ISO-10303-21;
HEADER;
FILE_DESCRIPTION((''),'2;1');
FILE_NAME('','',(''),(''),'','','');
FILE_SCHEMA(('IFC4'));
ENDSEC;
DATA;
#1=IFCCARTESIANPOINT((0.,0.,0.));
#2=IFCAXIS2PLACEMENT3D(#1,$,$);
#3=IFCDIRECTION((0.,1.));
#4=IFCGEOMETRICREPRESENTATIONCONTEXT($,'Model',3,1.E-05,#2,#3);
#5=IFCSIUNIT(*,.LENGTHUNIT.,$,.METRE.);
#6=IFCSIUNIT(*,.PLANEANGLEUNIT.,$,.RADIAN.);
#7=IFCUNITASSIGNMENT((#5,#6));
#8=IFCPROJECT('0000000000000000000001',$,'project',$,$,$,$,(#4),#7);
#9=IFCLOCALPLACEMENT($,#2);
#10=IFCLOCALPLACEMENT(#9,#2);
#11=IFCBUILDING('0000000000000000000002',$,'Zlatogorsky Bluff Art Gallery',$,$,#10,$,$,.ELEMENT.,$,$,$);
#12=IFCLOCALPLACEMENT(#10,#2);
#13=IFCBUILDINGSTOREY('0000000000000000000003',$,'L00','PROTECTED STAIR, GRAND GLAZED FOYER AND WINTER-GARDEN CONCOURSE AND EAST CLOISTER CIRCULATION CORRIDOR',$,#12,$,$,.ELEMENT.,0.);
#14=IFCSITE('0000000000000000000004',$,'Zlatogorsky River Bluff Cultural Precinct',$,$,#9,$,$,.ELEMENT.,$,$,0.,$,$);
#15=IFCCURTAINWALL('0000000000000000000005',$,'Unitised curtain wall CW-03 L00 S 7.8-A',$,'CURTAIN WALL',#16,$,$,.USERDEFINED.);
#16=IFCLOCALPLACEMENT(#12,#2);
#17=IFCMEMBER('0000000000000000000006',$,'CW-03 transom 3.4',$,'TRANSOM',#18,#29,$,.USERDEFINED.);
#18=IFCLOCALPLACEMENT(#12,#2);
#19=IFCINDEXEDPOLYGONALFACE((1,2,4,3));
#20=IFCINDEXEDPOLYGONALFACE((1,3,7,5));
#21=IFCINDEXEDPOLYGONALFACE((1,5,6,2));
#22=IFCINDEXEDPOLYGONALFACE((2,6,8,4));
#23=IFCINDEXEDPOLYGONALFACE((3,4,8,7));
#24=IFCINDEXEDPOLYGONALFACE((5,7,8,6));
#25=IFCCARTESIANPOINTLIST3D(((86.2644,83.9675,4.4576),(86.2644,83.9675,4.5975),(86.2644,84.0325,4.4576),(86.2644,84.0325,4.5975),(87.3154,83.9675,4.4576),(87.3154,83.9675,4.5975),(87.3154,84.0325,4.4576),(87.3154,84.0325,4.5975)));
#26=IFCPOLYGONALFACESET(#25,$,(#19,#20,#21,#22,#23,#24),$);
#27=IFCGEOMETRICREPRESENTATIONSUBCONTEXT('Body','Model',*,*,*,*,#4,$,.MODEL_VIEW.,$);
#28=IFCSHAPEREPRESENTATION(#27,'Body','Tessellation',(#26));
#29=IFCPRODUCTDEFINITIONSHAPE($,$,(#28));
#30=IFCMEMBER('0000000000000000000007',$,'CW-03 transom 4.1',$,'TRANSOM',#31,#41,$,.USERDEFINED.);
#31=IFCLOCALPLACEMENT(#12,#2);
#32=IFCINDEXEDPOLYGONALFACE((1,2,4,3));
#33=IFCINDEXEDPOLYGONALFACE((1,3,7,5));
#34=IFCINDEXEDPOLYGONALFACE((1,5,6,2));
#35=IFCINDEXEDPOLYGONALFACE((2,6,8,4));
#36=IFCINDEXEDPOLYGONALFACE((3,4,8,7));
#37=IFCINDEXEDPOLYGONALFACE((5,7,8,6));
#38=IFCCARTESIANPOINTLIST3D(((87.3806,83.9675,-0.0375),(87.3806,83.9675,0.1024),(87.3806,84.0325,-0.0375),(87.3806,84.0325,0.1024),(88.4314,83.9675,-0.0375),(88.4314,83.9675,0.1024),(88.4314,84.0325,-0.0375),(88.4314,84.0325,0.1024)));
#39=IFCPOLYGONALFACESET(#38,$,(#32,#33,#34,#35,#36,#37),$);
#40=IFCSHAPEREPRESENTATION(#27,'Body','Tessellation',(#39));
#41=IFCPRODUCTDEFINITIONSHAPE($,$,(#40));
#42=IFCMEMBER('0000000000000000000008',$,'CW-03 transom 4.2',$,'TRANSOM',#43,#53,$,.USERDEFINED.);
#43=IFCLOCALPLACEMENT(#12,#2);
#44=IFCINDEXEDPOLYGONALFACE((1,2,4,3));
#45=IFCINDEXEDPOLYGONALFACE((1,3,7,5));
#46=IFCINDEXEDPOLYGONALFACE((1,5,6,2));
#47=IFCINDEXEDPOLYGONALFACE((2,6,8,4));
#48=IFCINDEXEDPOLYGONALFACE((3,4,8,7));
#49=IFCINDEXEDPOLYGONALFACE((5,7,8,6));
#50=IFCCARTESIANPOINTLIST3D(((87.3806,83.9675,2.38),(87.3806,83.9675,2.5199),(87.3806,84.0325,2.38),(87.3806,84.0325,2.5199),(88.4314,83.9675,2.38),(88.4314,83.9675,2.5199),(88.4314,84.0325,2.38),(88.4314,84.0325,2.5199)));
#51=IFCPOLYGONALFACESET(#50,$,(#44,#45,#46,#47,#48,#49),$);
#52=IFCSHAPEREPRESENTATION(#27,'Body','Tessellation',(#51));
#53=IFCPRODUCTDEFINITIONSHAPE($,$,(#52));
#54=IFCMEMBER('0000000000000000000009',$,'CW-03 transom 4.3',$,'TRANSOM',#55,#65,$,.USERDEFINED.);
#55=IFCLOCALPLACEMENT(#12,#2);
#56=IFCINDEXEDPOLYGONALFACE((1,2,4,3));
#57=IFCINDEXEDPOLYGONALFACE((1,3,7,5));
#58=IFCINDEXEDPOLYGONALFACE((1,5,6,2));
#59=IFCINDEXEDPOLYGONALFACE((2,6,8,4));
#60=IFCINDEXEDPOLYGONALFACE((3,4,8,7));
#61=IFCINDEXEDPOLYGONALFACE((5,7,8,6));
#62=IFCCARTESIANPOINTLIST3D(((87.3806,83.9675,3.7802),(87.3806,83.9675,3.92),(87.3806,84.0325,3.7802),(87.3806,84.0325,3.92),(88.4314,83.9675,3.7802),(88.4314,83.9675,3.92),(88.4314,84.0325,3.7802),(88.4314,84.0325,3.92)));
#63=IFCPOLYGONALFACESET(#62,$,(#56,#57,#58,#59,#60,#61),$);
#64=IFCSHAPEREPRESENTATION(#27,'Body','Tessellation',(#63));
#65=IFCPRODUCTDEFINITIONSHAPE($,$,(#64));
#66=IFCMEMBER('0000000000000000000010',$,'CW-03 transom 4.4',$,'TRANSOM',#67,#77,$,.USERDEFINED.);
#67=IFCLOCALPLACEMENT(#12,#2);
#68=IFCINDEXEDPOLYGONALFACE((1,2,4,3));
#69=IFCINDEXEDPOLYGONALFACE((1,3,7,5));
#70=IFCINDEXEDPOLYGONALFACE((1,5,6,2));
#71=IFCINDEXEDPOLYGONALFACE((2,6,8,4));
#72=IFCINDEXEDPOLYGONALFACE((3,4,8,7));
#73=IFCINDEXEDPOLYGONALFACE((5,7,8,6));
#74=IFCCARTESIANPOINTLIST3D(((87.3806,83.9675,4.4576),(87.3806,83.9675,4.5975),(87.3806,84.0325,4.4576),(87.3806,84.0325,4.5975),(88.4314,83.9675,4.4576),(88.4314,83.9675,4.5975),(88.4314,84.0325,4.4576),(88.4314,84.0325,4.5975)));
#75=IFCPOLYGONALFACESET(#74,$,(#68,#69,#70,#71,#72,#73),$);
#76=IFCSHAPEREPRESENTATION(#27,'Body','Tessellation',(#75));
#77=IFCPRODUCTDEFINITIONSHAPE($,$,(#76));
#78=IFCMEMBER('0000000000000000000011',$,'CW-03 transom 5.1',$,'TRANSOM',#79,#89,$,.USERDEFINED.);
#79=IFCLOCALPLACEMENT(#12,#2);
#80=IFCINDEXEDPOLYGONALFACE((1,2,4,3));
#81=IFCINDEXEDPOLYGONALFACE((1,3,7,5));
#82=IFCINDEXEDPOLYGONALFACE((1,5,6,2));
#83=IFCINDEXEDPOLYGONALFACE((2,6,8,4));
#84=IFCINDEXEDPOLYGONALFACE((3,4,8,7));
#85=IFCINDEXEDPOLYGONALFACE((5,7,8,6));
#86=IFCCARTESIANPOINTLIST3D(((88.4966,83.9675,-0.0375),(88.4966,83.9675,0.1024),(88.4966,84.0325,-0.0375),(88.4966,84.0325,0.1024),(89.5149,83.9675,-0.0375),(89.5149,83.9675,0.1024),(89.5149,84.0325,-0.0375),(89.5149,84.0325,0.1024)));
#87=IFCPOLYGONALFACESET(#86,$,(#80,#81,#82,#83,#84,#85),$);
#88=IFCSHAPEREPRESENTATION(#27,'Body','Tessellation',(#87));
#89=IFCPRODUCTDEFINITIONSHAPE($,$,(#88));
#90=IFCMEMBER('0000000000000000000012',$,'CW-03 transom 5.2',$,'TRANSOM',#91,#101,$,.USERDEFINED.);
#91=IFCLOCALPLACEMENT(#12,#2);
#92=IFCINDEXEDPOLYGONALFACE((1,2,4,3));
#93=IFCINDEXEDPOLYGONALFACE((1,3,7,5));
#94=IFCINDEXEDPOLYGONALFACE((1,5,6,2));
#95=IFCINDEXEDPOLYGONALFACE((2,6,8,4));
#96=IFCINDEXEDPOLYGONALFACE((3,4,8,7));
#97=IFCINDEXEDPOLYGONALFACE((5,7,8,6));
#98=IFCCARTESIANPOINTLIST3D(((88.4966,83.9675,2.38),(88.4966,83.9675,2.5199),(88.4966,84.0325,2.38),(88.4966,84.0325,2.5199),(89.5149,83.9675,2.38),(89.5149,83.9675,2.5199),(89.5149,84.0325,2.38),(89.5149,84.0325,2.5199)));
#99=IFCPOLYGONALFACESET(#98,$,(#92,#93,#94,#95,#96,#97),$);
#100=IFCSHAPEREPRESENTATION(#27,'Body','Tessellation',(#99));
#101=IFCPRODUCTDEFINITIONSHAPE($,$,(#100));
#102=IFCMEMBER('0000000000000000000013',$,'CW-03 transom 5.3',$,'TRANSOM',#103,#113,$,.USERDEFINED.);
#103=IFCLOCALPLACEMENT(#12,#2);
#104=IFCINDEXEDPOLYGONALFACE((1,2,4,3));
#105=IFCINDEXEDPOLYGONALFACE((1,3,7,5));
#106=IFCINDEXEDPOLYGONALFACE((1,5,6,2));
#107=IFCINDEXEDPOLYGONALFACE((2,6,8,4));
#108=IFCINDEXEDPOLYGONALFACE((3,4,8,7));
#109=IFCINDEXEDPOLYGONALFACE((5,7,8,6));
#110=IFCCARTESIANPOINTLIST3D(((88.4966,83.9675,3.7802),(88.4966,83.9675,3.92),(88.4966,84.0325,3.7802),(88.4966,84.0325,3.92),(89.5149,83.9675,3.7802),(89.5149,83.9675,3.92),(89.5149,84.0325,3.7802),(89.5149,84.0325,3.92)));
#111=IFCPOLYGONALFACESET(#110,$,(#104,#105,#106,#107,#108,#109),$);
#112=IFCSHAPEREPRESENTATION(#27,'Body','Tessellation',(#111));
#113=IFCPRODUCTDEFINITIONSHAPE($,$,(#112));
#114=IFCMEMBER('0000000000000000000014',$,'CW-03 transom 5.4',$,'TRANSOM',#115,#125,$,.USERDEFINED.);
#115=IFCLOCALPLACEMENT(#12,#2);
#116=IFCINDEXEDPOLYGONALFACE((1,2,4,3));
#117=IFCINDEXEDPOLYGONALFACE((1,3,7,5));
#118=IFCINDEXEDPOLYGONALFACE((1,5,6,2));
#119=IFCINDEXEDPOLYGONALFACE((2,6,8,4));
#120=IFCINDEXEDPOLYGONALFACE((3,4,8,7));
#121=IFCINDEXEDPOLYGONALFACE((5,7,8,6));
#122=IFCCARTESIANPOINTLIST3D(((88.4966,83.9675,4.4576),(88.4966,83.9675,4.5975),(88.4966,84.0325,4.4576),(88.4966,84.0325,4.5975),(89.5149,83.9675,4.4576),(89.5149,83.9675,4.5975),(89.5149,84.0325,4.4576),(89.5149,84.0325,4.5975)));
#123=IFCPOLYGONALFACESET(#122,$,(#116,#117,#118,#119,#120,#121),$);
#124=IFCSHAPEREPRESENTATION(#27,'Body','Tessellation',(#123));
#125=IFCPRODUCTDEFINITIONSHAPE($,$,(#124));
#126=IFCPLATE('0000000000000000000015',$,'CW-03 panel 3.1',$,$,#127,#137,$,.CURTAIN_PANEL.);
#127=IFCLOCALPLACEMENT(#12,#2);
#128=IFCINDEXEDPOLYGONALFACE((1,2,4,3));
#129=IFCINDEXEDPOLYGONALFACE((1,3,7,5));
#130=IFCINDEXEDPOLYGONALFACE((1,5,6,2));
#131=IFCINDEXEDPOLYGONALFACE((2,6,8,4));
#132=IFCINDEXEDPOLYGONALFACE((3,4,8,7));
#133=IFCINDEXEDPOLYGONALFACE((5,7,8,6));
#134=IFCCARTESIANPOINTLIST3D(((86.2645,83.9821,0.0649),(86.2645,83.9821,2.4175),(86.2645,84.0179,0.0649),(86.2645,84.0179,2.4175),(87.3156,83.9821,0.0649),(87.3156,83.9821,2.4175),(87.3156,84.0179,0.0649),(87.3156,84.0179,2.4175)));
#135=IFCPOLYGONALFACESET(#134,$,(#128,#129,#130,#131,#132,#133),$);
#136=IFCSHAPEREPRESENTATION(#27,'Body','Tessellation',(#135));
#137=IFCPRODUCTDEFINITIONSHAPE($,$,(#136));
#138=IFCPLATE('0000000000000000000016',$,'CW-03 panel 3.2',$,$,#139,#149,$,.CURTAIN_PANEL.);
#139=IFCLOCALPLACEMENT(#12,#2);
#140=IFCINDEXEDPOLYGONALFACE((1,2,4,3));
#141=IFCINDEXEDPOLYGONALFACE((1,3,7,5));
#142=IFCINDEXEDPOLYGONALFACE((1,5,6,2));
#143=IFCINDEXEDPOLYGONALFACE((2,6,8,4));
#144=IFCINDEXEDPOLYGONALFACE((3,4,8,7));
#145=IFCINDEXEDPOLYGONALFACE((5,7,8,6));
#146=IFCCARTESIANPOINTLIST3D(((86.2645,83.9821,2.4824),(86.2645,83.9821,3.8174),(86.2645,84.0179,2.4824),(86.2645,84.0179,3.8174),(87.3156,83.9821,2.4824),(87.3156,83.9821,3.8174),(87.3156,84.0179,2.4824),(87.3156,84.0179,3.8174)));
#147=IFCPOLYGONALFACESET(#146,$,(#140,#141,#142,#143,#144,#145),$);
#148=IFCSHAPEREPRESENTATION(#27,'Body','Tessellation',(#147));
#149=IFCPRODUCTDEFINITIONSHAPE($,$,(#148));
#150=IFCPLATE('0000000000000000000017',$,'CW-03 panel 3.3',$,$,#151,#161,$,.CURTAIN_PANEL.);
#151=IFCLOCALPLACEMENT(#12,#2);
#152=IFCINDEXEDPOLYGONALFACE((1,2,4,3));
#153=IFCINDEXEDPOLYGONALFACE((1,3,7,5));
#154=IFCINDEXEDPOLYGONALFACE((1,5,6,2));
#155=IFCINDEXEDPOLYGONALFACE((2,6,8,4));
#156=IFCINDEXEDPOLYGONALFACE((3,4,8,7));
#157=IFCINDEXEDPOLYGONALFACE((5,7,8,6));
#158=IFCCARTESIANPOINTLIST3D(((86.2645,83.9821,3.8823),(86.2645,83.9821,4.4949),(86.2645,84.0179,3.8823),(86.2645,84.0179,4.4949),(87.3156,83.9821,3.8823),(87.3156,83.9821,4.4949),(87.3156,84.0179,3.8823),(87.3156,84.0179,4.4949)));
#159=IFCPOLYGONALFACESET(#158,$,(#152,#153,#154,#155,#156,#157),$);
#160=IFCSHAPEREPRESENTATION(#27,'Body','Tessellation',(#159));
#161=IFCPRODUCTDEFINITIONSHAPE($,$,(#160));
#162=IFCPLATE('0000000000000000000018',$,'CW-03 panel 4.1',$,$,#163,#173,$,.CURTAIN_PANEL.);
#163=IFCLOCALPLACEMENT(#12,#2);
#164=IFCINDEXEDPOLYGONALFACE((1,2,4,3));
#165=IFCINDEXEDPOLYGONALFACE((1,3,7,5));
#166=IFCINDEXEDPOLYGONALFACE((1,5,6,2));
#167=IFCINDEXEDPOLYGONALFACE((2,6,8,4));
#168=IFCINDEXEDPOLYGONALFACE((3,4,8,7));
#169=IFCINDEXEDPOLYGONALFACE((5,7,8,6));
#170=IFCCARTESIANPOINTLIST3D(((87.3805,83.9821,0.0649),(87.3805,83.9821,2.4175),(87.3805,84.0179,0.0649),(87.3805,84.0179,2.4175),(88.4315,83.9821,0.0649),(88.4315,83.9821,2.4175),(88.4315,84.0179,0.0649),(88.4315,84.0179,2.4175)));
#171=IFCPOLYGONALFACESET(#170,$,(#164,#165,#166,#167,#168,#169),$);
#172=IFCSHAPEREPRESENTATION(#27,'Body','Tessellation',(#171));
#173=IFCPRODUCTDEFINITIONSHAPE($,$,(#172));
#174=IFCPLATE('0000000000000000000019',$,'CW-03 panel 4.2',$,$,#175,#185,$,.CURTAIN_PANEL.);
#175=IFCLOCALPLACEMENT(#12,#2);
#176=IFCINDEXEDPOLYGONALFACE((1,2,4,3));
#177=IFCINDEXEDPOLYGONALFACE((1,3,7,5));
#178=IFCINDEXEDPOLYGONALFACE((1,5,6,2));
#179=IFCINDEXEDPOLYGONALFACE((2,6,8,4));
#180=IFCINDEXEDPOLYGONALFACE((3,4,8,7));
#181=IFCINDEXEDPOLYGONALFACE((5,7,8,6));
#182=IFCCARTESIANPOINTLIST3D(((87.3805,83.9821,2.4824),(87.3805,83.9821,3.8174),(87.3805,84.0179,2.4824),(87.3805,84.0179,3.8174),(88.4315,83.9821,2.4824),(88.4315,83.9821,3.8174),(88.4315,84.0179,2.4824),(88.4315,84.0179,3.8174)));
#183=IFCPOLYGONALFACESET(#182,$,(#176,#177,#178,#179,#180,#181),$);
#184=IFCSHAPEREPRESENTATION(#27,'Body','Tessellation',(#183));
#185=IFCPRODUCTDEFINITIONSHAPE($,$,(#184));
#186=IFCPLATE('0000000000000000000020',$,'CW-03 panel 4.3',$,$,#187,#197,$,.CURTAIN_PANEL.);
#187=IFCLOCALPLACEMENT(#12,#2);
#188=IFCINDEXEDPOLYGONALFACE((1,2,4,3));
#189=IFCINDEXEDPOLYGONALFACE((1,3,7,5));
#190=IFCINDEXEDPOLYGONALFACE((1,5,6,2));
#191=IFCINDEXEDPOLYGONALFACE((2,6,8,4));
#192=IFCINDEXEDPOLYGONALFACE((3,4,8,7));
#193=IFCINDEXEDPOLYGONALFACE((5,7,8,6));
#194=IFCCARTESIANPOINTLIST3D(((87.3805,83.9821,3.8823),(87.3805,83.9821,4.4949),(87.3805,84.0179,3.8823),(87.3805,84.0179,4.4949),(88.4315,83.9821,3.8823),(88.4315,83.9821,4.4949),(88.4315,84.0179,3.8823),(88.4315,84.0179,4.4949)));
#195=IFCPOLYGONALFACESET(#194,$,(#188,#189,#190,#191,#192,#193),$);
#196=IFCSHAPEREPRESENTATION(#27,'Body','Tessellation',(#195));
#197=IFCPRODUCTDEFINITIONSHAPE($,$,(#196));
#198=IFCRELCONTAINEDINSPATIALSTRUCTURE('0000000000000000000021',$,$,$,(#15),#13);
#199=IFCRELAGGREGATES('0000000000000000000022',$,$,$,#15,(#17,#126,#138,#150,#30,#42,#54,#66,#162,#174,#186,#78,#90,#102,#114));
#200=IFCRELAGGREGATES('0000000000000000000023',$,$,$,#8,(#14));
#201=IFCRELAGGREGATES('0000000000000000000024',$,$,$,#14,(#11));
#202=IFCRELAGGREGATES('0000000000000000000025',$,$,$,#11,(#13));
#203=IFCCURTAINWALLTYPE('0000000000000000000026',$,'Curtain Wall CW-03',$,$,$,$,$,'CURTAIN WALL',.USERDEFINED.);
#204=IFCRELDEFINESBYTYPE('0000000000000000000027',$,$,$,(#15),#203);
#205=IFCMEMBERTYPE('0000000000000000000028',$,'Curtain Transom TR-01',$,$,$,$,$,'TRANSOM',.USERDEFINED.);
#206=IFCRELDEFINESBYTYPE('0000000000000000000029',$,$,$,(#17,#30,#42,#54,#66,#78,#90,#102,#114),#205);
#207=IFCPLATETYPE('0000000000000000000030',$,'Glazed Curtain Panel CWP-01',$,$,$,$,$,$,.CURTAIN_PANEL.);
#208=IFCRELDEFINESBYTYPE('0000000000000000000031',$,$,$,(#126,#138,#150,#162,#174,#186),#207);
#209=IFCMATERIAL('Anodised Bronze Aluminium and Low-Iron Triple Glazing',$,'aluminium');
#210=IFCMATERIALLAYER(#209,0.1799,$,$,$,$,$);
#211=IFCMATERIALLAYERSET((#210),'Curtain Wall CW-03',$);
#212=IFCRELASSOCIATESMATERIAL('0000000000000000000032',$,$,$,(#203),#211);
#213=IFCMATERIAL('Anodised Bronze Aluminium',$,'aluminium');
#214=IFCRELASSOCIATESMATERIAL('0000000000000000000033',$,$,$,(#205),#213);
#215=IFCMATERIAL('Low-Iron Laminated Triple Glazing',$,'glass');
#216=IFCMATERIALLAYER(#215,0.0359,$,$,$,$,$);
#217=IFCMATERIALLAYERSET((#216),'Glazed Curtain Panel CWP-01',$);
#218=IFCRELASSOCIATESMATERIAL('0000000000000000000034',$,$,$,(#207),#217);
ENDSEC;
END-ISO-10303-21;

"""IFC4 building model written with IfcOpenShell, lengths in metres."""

from ifc_helpers import new_model, si_unit, direction, frame, origin, origin_2d, place, context, subcontext, project, spatial, rectangle, extrude, material, layer, layer_set, material_profile, profile_set, type_object, element, aggregate, save


model = new_model("IFC4")

# Units and contexts
model_context = context("Model", 3, precision=1e-05, world=origin(), true_north=direction((0.0, 1.0)))
body_context = subcontext(model_context, "Body", "Model", "MODEL_VIEW")
ifc_project = project(units=[si_unit("LENGTHUNIT", "METRE"), si_unit("PLANEANGLEUNIT", "RADIAN")], contexts=[model_context])

# Site, building, storey
site_placement = place(None, origin())
site = spatial("IfcSite", under=ifc_project, at=site_placement, Name="Zlatogorsky River Bluff Cultural Precinct", CompositionType="ELEMENT", RefElevation=0.0)
building_placement = place(site_placement, origin())
building = spatial("IfcBuilding", under=site, at=building_placement, Name="Zlatogorsky Bluff Art Gallery", CompositionType="ELEMENT")
storey_placement = place(building_placement, origin())
storey = spatial("IfcBuildingStorey", under=building, at=storey_placement, Name="L00", Description="PROTECTED STAIR, GRAND GLAZED FOYER AND WINTER-GARDEN CONCOURSE AND EAST CLOISTER CIRCULATION CORRIDOR", CompositionType="ELEMENT", Elevation=0.0)

# Curtain wall, members, plates
ifc_material_1 = material(Name="Anodised Bronze Aluminium and Low-Iron Triple Glazing", Category="aluminium")
ifc_layer_1 = layer(ifc_material_1, 0.1799)
ifc_layer_set_1 = layer_set([ifc_layer_1], Name="Curtain Wall CW-03")
curtain_wall_type = type_object("IfcCurtainWallType", Name="Curtain Wall CW-03", ElementType="CURTAIN WALL", PredefinedType="USERDEFINED", material=ifc_layer_set_1)
curtain_wall_placement = place(storey_placement, origin())
curtain_wall = element("IfcCurtainWall", 1, at=curtain_wall_placement, inside=storey, type_object=curtain_wall_type, Name="Unitised curtain wall CW-03 L00 S 7.8-A", ObjectType="CURTAIN WALL", PredefinedType="USERDEFINED")
ifc_material_2 = material(Name="Anodised Bronze Aluminium", Category="aluminium")
ifc_material_profile_1 = material_profile(ifc_material_2, rectangle(XDim=0.0649, YDim=0.1399, at=origin_2d()), Name="ALU TRANSOM 65x140")
ifc_profile_set_1 = profile_set([ifc_material_profile_1], Name="Anodised Bronze Aluminium")
member_type_1 = type_object("IfcMemberType", Name="Curtain Transom TR-01", ElementType="TRANSOM", PredefinedType="USERDEFINED", material=ifc_profile_set_1)
member_1_placement = place(storey_placement, frame((86.2644, 84.0, 4.5276), z_axis=(1.0, 0.0, 0.0), x_axis=(0.0, 1.0, 0.0)))
member_1 = element("IfcMember", 2, at=member_1_placement, type_object=member_type_1, Name="CW-03 transom 3.4", ObjectType="TRANSOM", PredefinedType="USERDEFINED", context=body_context, shape_type="SweptSolid", body=[
    extrude(rectangle(XDim=0.0649, YDim=0.1399, at=origin_2d()), origin(), (0.0, 0.0, 1.0), 1.051),
])
member_2_placement = place(storey_placement, frame((87.3806, 84.0, 0.0325), z_axis=(1.0, 0.0, 0.0), x_axis=(0.0, 1.0, 0.0)))
member_2 = element("IfcMember", 3, at=member_2_placement, type_object=member_type_1, Name="CW-03 transom 4.1", ObjectType="TRANSOM", PredefinedType="USERDEFINED", context=body_context, shape_type="SweptSolid", body=[
    extrude(rectangle(XDim=0.0649, YDim=0.1399, at=origin_2d()), origin(), (0.0, 0.0, 1.0), 1.0508),
])
member_3_placement = place(storey_placement, frame((87.3806, 84.0, 2.45), z_axis=(1.0, 0.0, 0.0), x_axis=(0.0, 1.0, 0.0)))
member_3 = element("IfcMember", 4, at=member_3_placement, type_object=member_type_1, Name="CW-03 transom 4.2", ObjectType="TRANSOM", PredefinedType="USERDEFINED", context=body_context, shape_type="SweptSolid", body=[
    extrude(rectangle(XDim=0.0649, YDim=0.1399, at=origin_2d()), origin(), (0.0, 0.0, 1.0), 1.0508),
])
member_4_placement = place(storey_placement, frame((87.3806, 84.0, 3.8501), z_axis=(1.0, 0.0, 0.0), x_axis=(0.0, 1.0, 0.0)))
member_4 = element("IfcMember", 5, at=member_4_placement, type_object=member_type_1, Name="CW-03 transom 4.3", ObjectType="TRANSOM", PredefinedType="USERDEFINED", context=body_context, shape_type="SweptSolid", body=[
    extrude(rectangle(XDim=0.0649, YDim=0.1399, at=origin_2d()), origin(), (0.0, 0.0, 1.0), 1.0508),
])
member_5_placement = place(storey_placement, frame((87.3806, 84.0, 4.5276), z_axis=(1.0, 0.0, 0.0), x_axis=(0.0, 1.0, 0.0)))
member_5 = element("IfcMember", 6, at=member_5_placement, type_object=member_type_1, Name="CW-03 transom 4.4", ObjectType="TRANSOM", PredefinedType="USERDEFINED", context=body_context, shape_type="SweptSolid", body=[
    extrude(rectangle(XDim=0.0649, YDim=0.1399, at=origin_2d()), origin(), (0.0, 0.0, 1.0), 1.0508),
])
member_6_placement = place(storey_placement, frame((88.4966, 84.0, 0.0325), z_axis=(1.0, 0.0, 0.0), x_axis=(0.0, 1.0, 0.0)))
member_6 = element("IfcMember", 7, at=member_6_placement, type_object=member_type_1, Name="CW-03 transom 5.1", ObjectType="TRANSOM", PredefinedType="USERDEFINED", context=body_context, shape_type="SweptSolid", body=[
    extrude(rectangle(XDim=0.0649, YDim=0.1399, at=origin_2d()), origin(), (0.0, 0.0, 1.0), 1.0183),
])
member_7_placement = place(storey_placement, frame((88.4966, 84.0, 2.45), z_axis=(1.0, 0.0, 0.0), x_axis=(0.0, 1.0, 0.0)))
member_7 = element("IfcMember", 8, at=member_7_placement, type_object=member_type_1, Name="CW-03 transom 5.2", ObjectType="TRANSOM", PredefinedType="USERDEFINED", context=body_context, shape_type="SweptSolid", body=[
    extrude(rectangle(XDim=0.0649, YDim=0.1399, at=origin_2d()), origin(), (0.0, 0.0, 1.0), 1.0183),
])
member_8_placement = place(storey_placement, frame((88.4966, 84.0, 3.8501), z_axis=(1.0, 0.0, 0.0), x_axis=(0.0, 1.0, 0.0)))
member_8 = element("IfcMember", 9, at=member_8_placement, type_object=member_type_1, Name="CW-03 transom 5.3", ObjectType="TRANSOM", PredefinedType="USERDEFINED", context=body_context, shape_type="SweptSolid", body=[
    extrude(rectangle(XDim=0.0649, YDim=0.1399, at=origin_2d()), origin(), (0.0, 0.0, 1.0), 1.0183),
])
member_9_placement = place(storey_placement, frame((88.4966, 84.0, 4.5276), z_axis=(1.0, 0.0, 0.0), x_axis=(0.0, 1.0, 0.0)))
member_9 = element("IfcMember", 10, at=member_9_placement, type_object=member_type_1, Name="CW-03 transom 5.4", ObjectType="TRANSOM", PredefinedType="USERDEFINED", context=body_context, shape_type="SweptSolid", body=[
    extrude(rectangle(XDim=0.0649, YDim=0.1399, at=origin_2d()), origin(), (0.0, 0.0, 1.0), 1.0183),
])
ifc_material_3 = material(Name="Low-Iron Laminated Triple Glazing", Category="glass")
ifc_layer_2 = layer(ifc_material_3, 0.0359)
ifc_layer_set_2 = layer_set([ifc_layer_2], Name="Glazed Curtain Panel CWP-01")
plate_type = type_object("IfcPlateType", Name="Glazed Curtain Panel CWP-01", PredefinedType="CURTAIN_PANEL", material=ifc_layer_set_2)
plate_1_placement = place(storey_placement, frame((86.79, 84.0, 0.0649), z_axis=(0.0, 0.0, 1.0), x_axis=(1.0, 0.0, 0.0)))
plate_1 = element("IfcPlate", 11, at=plate_1_placement, type_object=plate_type, Name="CW-03 panel 3.1", PredefinedType="CURTAIN_PANEL", context=body_context, shape_type="SweptSolid", body=[
    extrude(rectangle(XDim=1.051, YDim=0.0359, at=origin_2d()), origin(), (0.0, 0.0, 1.0), 2.3525),
])
plate_2_placement = place(storey_placement, frame((86.79, 84.0, 2.4824), z_axis=(0.0, 0.0, 1.0), x_axis=(1.0, 0.0, 0.0)))
plate_2 = element("IfcPlate", 12, at=plate_2_placement, type_object=plate_type, Name="CW-03 panel 3.2", PredefinedType="CURTAIN_PANEL", context=body_context, shape_type="SweptSolid", body=[
    extrude(rectangle(XDim=1.051, YDim=0.0359, at=origin_2d()), origin(), (0.0, 0.0, 1.0), 1.335),
])
plate_3_placement = place(storey_placement, frame((86.79, 84.0, 3.8823), z_axis=(0.0, 0.0, 1.0), x_axis=(1.0, 0.0, 0.0)))
plate_3 = element("IfcPlate", 13, at=plate_3_placement, type_object=plate_type, Name="CW-03 panel 3.3", PredefinedType="CURTAIN_PANEL", context=body_context, shape_type="SweptSolid", body=[
    extrude(rectangle(XDim=1.051, YDim=0.0359, at=origin_2d()), origin(), (0.0, 0.0, 1.0), 0.6125),
])
plate_4_placement = place(storey_placement, frame((87.906, 84.0, 0.0649), z_axis=(0.0, 0.0, 1.0), x_axis=(1.0, 0.0, 0.0)))
plate_4 = element("IfcPlate", 14, at=plate_4_placement, type_object=plate_type, Name="CW-03 panel 4.1", PredefinedType="CURTAIN_PANEL", context=body_context, shape_type="SweptSolid", body=[
    extrude(rectangle(XDim=1.051, YDim=0.0359, at=origin_2d()), origin(), (0.0, 0.0, 1.0), 2.3525),
])
plate_5_placement = place(storey_placement, frame((87.906, 84.0, 2.4824), z_axis=(0.0, 0.0, 1.0), x_axis=(1.0, 0.0, 0.0)))
plate_5 = element("IfcPlate", 15, at=plate_5_placement, type_object=plate_type, Name="CW-03 panel 4.2", PredefinedType="CURTAIN_PANEL", context=body_context, shape_type="SweptSolid", body=[
    extrude(rectangle(XDim=1.051, YDim=0.0359, at=origin_2d()), origin(), (0.0, 0.0, 1.0), 1.335),
])
plate_6_placement = place(storey_placement, frame((87.906, 84.0, 3.8823), z_axis=(0.0, 0.0, 1.0), x_axis=(1.0, 0.0, 0.0)))
plate_6 = element("IfcPlate", 16, at=plate_6_placement, type_object=plate_type, Name="CW-03 panel 4.3", PredefinedType="CURTAIN_PANEL", context=body_context, shape_type="SweptSolid", body=[
    extrude(rectangle(XDim=1.051, YDim=0.0359, at=origin_2d()), origin(), (0.0, 0.0, 1.0), 0.6125),
])
aggregate(curtain_wall, [member_1, plate_1, plate_2, plate_3, member_2, member_3, member_4, member_5, plate_4, plate_5, plate_6, member_6, member_7, member_8, member_9])

save(model, "model.ifc")
